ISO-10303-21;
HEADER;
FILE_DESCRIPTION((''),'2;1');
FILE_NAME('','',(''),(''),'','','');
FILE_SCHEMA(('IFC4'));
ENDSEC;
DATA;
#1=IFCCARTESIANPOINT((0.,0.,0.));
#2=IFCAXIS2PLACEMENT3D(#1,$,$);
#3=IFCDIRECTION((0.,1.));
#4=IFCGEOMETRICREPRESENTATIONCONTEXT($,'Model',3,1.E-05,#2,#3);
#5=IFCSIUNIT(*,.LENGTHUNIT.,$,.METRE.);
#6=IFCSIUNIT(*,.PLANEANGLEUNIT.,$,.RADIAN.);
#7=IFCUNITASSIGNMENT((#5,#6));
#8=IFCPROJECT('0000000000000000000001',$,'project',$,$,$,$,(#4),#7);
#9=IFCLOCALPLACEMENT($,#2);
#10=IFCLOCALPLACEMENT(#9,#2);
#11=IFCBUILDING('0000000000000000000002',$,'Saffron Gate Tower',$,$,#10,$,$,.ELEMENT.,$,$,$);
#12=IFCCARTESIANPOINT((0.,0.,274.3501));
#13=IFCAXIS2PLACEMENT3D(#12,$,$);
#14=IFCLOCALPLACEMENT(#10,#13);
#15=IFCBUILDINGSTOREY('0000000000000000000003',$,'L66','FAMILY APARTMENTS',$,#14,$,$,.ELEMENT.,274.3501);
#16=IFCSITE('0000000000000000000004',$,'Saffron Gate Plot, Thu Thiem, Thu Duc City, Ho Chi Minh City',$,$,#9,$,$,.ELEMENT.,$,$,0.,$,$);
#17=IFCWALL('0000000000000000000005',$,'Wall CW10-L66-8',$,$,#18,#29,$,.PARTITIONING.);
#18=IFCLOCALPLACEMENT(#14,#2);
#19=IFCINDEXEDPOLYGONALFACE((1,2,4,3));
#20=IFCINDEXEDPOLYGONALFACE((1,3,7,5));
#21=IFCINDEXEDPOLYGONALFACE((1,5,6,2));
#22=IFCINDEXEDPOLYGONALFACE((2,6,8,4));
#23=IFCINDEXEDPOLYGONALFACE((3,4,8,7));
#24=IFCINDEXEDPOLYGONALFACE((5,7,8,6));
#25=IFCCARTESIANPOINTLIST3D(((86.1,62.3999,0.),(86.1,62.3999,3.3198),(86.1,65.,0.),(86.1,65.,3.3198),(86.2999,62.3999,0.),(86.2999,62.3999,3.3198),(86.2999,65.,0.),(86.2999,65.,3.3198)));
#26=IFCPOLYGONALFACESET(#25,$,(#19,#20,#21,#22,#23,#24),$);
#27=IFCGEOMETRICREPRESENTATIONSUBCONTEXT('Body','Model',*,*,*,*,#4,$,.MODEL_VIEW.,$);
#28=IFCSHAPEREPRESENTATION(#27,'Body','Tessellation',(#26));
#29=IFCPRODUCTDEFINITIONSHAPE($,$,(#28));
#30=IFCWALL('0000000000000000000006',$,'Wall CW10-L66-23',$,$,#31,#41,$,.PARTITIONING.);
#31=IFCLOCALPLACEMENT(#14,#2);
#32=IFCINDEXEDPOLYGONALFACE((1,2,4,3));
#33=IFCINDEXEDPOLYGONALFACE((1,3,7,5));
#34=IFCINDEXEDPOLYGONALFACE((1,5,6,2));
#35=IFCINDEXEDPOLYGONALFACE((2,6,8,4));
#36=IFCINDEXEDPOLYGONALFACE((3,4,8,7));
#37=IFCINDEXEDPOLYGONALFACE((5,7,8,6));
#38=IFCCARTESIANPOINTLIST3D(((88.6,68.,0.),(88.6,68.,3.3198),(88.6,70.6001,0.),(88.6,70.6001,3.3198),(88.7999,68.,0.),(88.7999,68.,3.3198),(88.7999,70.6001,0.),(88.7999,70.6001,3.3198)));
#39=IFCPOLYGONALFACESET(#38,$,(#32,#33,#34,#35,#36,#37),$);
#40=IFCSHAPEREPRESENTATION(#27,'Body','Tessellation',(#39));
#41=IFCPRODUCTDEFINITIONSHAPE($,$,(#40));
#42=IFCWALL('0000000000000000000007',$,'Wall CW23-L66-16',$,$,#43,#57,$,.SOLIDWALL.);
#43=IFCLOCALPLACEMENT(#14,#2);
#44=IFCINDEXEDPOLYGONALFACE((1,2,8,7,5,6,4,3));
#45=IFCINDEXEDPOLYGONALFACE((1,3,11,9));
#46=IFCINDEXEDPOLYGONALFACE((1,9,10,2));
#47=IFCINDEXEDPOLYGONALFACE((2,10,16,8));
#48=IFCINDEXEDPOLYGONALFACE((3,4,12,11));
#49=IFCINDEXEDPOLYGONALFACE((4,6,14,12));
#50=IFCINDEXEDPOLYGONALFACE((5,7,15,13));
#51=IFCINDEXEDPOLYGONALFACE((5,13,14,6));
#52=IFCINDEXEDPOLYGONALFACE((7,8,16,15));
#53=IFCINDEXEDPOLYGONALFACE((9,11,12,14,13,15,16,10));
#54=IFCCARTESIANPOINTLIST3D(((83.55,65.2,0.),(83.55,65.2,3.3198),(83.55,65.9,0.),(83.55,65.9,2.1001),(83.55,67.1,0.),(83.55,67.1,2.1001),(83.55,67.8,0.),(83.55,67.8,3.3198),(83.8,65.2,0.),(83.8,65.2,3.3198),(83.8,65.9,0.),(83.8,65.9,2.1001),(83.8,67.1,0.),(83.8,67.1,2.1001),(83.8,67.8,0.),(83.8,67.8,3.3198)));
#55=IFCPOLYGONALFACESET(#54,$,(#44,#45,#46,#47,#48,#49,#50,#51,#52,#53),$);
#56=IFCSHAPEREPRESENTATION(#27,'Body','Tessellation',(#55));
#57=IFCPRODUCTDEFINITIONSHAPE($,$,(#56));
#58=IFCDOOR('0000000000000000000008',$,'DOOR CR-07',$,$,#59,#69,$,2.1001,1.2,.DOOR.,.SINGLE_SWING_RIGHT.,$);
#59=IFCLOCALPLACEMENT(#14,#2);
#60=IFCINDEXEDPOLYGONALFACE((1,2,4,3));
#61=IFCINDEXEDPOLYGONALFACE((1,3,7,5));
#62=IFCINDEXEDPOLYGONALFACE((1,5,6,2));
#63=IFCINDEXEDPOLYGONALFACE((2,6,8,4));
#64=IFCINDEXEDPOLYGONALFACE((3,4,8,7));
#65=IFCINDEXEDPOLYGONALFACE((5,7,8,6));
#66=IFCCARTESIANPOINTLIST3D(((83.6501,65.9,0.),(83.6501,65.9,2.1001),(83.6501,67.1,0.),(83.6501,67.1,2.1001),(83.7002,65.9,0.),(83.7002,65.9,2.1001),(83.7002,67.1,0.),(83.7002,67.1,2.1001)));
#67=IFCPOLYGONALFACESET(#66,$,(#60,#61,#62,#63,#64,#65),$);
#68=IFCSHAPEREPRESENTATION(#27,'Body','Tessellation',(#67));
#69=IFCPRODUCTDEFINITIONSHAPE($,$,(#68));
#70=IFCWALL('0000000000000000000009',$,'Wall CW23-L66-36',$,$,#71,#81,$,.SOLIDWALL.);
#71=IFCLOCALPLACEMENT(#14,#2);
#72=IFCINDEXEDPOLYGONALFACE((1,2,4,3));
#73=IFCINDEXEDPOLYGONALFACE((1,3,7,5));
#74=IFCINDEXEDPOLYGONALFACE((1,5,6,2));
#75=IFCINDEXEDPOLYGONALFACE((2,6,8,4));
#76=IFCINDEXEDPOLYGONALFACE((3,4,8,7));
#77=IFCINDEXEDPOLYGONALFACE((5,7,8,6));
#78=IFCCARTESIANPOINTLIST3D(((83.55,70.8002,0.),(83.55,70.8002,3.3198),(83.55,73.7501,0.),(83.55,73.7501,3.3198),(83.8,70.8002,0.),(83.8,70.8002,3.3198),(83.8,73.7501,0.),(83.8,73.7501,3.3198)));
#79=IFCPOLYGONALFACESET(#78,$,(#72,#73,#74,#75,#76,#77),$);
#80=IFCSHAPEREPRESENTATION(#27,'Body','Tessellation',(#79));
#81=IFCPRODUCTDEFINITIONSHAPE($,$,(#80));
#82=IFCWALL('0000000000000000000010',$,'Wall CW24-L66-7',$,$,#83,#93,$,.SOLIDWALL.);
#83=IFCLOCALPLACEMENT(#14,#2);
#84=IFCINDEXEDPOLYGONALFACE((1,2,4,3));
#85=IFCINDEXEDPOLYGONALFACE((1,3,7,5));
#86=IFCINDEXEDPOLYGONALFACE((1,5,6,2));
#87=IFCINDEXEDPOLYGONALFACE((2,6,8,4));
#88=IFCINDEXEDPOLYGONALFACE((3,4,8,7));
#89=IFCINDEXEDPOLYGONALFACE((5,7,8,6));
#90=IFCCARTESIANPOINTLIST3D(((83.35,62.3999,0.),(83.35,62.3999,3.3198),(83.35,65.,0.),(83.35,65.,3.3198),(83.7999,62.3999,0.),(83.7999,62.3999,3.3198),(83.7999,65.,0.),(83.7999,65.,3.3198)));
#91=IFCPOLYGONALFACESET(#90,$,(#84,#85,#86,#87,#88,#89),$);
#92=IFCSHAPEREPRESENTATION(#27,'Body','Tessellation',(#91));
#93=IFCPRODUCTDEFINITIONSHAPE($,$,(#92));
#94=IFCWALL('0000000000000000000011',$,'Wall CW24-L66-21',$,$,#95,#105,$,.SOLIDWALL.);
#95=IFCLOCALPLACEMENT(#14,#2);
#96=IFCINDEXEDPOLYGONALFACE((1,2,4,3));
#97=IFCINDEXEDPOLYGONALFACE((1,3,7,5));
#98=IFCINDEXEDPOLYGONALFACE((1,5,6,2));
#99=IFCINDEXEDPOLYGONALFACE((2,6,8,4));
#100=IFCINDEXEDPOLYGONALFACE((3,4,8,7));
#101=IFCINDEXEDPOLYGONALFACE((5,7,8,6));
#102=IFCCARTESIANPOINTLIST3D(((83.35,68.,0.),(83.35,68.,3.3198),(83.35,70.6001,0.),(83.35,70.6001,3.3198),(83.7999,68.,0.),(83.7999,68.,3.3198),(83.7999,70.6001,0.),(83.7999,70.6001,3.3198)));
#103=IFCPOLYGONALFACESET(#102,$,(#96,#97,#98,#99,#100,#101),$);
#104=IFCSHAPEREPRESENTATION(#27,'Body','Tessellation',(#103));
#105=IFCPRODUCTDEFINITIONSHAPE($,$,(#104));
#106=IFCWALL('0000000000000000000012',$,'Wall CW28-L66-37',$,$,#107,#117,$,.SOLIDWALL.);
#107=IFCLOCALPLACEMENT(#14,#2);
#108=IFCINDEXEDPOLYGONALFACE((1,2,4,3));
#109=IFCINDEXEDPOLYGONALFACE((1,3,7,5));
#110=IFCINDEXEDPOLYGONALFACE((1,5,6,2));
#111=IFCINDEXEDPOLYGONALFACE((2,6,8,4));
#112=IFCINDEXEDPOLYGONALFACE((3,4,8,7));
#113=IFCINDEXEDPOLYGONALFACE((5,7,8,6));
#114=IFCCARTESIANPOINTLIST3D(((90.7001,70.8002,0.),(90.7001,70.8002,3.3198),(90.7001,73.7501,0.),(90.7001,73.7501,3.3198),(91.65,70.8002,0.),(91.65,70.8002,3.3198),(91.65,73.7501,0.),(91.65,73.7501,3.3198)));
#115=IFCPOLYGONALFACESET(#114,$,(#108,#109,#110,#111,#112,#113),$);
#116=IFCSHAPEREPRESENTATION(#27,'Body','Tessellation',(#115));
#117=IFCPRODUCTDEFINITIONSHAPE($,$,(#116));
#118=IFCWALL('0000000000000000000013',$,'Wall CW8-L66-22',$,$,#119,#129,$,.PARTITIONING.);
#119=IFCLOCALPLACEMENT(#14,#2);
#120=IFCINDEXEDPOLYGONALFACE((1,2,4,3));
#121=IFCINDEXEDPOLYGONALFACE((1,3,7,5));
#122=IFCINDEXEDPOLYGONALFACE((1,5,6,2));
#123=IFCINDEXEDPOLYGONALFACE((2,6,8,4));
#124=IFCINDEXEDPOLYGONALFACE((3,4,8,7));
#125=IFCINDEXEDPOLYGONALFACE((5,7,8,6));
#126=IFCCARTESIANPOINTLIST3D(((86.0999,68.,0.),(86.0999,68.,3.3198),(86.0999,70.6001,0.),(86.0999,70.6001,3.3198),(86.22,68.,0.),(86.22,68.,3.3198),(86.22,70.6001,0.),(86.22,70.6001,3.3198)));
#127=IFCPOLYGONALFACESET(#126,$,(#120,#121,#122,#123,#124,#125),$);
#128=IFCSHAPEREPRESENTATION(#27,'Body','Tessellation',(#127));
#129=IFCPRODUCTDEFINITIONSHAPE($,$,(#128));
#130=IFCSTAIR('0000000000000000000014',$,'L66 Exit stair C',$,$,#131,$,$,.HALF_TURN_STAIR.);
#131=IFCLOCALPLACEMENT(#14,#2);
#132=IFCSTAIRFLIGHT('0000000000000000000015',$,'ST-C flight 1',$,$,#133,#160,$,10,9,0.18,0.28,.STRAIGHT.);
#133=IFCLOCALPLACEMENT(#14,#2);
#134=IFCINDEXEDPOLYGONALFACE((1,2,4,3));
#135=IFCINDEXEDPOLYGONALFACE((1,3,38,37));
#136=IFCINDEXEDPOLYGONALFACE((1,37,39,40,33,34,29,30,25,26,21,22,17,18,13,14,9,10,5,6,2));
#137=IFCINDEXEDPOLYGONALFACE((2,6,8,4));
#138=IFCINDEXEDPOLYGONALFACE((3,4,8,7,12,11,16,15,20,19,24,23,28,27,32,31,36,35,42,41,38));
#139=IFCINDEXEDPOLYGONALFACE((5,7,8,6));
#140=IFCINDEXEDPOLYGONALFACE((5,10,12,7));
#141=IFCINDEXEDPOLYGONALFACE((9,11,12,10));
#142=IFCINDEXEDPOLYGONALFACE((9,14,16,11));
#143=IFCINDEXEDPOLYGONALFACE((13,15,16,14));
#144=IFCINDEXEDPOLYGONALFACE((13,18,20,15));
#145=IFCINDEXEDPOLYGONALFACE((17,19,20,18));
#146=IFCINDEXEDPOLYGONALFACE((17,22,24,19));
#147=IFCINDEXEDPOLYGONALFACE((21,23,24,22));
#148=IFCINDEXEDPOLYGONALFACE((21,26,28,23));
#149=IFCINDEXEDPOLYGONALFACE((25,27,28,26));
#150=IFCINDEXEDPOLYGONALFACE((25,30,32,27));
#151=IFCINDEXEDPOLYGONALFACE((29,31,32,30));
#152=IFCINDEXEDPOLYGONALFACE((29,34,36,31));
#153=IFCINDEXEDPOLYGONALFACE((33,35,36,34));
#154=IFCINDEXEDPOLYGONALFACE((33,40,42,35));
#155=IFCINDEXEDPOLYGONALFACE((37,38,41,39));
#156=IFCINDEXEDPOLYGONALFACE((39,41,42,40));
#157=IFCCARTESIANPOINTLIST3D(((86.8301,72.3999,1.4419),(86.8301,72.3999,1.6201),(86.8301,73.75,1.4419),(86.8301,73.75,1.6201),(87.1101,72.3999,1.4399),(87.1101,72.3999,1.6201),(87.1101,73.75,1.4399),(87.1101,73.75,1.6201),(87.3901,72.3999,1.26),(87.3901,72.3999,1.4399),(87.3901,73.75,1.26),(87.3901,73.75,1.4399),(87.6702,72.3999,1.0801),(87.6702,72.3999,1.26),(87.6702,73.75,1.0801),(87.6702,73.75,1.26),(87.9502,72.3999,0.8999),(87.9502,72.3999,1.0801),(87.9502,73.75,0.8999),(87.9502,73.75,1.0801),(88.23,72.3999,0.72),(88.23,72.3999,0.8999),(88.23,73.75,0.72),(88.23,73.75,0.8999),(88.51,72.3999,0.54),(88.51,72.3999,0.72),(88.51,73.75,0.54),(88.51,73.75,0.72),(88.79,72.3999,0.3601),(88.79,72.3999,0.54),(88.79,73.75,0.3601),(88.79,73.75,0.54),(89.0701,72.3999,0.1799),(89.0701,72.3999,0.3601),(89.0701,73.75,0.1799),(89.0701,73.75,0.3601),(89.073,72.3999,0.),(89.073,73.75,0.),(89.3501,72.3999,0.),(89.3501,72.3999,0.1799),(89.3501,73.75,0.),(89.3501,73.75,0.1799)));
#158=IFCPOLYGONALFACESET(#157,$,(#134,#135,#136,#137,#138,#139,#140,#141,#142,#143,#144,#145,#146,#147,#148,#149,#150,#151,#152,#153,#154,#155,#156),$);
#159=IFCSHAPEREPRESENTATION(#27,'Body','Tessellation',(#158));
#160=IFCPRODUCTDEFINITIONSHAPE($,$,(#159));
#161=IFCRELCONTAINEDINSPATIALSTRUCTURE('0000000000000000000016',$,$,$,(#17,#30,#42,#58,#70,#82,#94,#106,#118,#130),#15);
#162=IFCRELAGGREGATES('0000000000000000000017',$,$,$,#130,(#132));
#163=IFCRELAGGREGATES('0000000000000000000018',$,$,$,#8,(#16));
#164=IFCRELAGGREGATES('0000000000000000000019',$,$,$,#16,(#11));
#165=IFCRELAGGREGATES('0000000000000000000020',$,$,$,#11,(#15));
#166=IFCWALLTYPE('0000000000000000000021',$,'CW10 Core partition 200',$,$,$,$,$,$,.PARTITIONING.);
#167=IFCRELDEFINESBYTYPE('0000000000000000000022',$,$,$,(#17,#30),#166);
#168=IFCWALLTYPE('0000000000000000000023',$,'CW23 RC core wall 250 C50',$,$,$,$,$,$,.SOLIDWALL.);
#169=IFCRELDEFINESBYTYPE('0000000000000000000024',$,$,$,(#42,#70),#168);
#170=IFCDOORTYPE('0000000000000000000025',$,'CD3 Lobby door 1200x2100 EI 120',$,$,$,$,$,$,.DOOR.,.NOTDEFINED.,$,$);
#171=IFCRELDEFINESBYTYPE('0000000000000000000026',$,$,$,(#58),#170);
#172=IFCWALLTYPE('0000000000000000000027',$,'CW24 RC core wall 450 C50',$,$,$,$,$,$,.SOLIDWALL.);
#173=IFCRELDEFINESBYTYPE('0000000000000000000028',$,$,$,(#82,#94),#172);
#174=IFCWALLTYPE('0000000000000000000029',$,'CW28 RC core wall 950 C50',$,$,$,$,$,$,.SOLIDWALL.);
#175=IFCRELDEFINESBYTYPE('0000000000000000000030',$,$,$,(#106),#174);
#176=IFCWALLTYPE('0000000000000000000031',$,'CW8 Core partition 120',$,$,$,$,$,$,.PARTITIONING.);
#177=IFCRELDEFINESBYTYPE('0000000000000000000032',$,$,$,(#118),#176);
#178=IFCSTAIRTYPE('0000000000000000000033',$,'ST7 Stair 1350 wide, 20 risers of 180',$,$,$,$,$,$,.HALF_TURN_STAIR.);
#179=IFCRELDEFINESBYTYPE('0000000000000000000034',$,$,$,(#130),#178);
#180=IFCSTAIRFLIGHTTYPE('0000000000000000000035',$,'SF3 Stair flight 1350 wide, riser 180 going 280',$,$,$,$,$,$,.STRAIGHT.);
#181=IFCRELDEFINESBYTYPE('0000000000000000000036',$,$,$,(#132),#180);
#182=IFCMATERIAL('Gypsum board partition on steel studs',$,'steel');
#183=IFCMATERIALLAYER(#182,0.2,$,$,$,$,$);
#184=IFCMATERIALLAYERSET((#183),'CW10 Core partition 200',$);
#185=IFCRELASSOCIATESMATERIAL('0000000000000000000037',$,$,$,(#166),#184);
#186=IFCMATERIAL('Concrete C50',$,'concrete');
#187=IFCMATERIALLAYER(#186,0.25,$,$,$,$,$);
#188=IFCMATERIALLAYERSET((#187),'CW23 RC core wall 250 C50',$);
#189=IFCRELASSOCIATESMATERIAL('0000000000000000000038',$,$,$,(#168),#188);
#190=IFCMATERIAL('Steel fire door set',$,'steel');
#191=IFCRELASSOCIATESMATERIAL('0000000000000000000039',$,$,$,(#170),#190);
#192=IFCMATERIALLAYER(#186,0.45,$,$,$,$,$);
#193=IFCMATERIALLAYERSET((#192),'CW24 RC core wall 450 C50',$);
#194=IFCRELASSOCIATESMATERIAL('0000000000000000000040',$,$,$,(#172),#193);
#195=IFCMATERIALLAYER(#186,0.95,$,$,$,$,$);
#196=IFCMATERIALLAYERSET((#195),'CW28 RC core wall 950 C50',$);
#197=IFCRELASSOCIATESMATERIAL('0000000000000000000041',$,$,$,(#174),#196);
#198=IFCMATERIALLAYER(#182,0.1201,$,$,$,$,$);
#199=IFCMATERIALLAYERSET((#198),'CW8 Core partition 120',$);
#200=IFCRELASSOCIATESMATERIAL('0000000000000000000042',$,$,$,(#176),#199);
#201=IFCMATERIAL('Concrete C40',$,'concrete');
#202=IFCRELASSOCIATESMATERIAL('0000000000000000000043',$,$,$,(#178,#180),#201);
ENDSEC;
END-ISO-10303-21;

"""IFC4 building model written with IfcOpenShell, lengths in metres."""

from ifc_helpers import new_model, si_unit, direction, frame, frame_2d, origin, place, context, subcontext, project, spatial, polyline, rectangle, outline, extrude, material, layer, layer_set, type_object, element, fill, aggregate, save


model = new_model("IFC4")

# Units and contexts
model_context = context("Model", 3, precision=1e-05, world=origin(), true_north=direction((0.0, 1.0)))
body_context = subcontext(model_context, "Body", "Model", "MODEL_VIEW")
ifc_project = project(units=[si_unit("LENGTHUNIT", "METRE"), si_unit("PLANEANGLEUNIT", "RADIAN")], contexts=[model_context])

# Site, building, storey
site_placement = place(None, origin())
site = spatial("IfcSite", under=ifc_project, at=site_placement, Name="Saffron Gate Plot, Thu Thiem, Thu Duc City, Ho Chi Minh City", CompositionType="ELEMENT", RefElevation=0.0)
building_placement = place(site_placement, origin())
building = spatial("IfcBuilding", under=site, at=building_placement, Name="Saffron Gate Tower", CompositionType="ELEMENT")
storey_placement = place(building_placement, frame((0.0, 0.0, 274.3501)))
storey = spatial("IfcBuildingStorey", under=building, at=storey_placement, Name="L66", Description="FAMILY APARTMENTS", CompositionType="ELEMENT", Elevation=274.3501)

# Walls
ifc_material_1 = material(Name="Gypsum board partition on steel studs", Category="steel")
ifc_layer_1 = layer(ifc_material_1, 0.2)
ifc_layer_set_1 = layer_set([ifc_layer_1], Name="CW10 Core partition 200")
wall_type_1 = type_object("IfcWallType", Name="CW10 Core partition 200", PredefinedType="PARTITIONING", material=ifc_layer_set_1)
for number, where, z_axis, x_axis, name in (
    (1, (86.2, 62.3999, 0.0), (0.0, 0.0, 1.0), (0.0, 1.0, 0.0), "Wall CW10-L66-8"),
    (2, (88.7, 68.0, 0.0), (0.0, 0.0, 1.0), (0.0, 1.0, 0.0), "Wall CW10-L66-23"),
):
    element("IfcWall", number, at=place(storey_placement, frame(where, z_axis=z_axis, x_axis=x_axis)), inside=storey, type_object=wall_type_1, Name=name, PredefinedType="PARTITIONING", context=body_context, shape_type="SweptSolid", body=[
        extrude(rectangle(XDim=2.6001, YDim=0.2, at=frame_2d((1.3, 0.0))), origin(), (0.0, 0.0, 1.0), 3.3198),
    ])

# Wall, opening, door
ifc_material_2 = material(Name="Concrete C50", Category="concrete")
ifc_layer_2 = layer(ifc_material_2, 0.25)
ifc_layer_set_2 = layer_set([ifc_layer_2], Name="CW23 RC core wall 250 C50")
wall_type_2 = type_object("IfcWallType", Name="CW23 RC core wall 250 C50", PredefinedType="SOLIDWALL", material=ifc_layer_set_2)
wall_1_placement = place(storey_placement, frame((83.675, 65.2, 0.0), z_axis=(0.0, 0.0, 1.0), x_axis=(0.0, 1.0, 0.0)))
wall_1 = element("IfcWall", 3, at=wall_1_placement, inside=storey, type_object=wall_type_2, Name="Wall CW23-L66-16", PredefinedType="SOLIDWALL", context=body_context, shape_type="SweptSolid", body=[
    extrude(rectangle(XDim=2.6001, YDim=0.25, at=frame_2d((1.3, 0.0))), origin(), (0.0, 0.0, 1.0), 3.3198),
])
opening_placement = place(wall_1_placement, frame((0.7, 0.0, 0.0)))
opening = element("IfcOpeningElement", 4, at=opening_placement, cuts=wall_1, PredefinedType="OPENING", context=body_context, shape_type="SweptSolid", body=[
    extrude(rectangle(XDim=1.2, YDim=2.1001, at=frame_2d((0.6001, 1.05))), frame((0.0, 0.135, 0.0), z_axis=(0.0, -1.0, 0.0), x_axis=(1.0, 0.0, 0.0)), (0.0, 0.0, 1.0), 0.27),
])
ifc_material_3 = material(Name="Steel fire door set", Category="steel")
door_type = type_object("IfcDoorType", Name="CD3 Lobby door 1200x2100 EI 120", OperationType="NOTDEFINED", PredefinedType="DOOR", material=ifc_material_3)
door_placement = place(opening_placement, origin())
door = element("IfcDoor", 5, at=door_placement, inside=storey, type_object=door_type, Name="DOOR CR-07", OperationType="SINGLE_SWING_RIGHT", OverallHeight=2.1001, OverallWidth=1.2, PredefinedType="DOOR", context=body_context, shape_type="SweptSolid", body=[
    extrude(rectangle(XDim=1.2, YDim=2.1001, at=frame_2d((0.6001, 1.05))), frame((0.0, 0.0249, 0.0), z_axis=(0.0, -1.0, 0.0), x_axis=(1.0, 0.0, 0.0)), (0.0, 0.0, 1.0), 0.05),
])
fill(opening, door)

# Walls
wall_2_placement = place(storey_placement, frame((83.675, 70.8, 0.0), z_axis=(0.0, 0.0, 1.0), x_axis=(0.0, 1.0, 0.0)))
element("IfcWall", 6, at=wall_2_placement, inside=storey, type_object=wall_type_2, Name="Wall CW23-L66-36", PredefinedType="SOLIDWALL", context=body_context, shape_type="SweptSolid", body=[
    extrude(rectangle(XDim=2.95, YDim=0.25, at=frame_2d((1.4751, 0.0))), origin(), (0.0, 0.0, 1.0), 3.3198),
])
ifc_layer_3 = layer(ifc_material_2, 0.45)
ifc_layer_set_3 = layer_set([ifc_layer_3], Name="CW24 RC core wall 450 C50")
wall_type_3 = type_object("IfcWallType", Name="CW24 RC core wall 450 C50", PredefinedType="SOLIDWALL", material=ifc_layer_set_3)
for number, where, z_axis, x_axis, name in (
    (7, (83.575, 62.3999, 0.0), (0.0, 0.0, 1.0), (0.0, 1.0, 0.0), "Wall CW24-L66-7"),
    (8, (83.575, 68.0, 0.0), (0.0, 0.0, 1.0), (0.0, 1.0, 0.0), "Wall CW24-L66-21"),
):
    element("IfcWall", number, at=place(storey_placement, frame(where, z_axis=z_axis, x_axis=x_axis)), inside=storey, type_object=wall_type_3, Name=name, PredefinedType="SOLIDWALL", context=body_context, shape_type="SweptSolid", body=[
        extrude(rectangle(XDim=2.6001, YDim=0.45, at=frame_2d((1.3, 0.0))), origin(), (0.0, 0.0, 1.0), 3.3198),
    ])
ifc_layer_4 = layer(ifc_material_2, 0.95)
ifc_layer_set_4 = layer_set([ifc_layer_4], Name="CW28 RC core wall 950 C50")
wall_type_4 = type_object("IfcWallType", Name="CW28 RC core wall 950 C50", PredefinedType="SOLIDWALL", material=ifc_layer_set_4)
wall_3_placement = place(storey_placement, frame((91.175, 70.8, 0.0), z_axis=(0.0, 0.0, 1.0), x_axis=(0.0, 1.0, 0.0)))
element("IfcWall", 9, at=wall_3_placement, inside=storey, type_object=wall_type_4, Name="Wall CW28-L66-37", PredefinedType="SOLIDWALL", context=body_context, shape_type="SweptSolid", body=[
    extrude(rectangle(XDim=2.95, YDim=0.95, at=frame_2d((1.4751, 0.0))), origin(), (0.0, 0.0, 1.0), 3.3198),
])
ifc_layer_5 = layer(ifc_material_1, 0.1201)
ifc_layer_set_5 = layer_set([ifc_layer_5], Name="CW8 Core partition 120")
wall_type_5 = type_object("IfcWallType", Name="CW8 Core partition 120", PredefinedType="PARTITIONING", material=ifc_layer_set_5)
wall_4_placement = place(storey_placement, frame((86.1599, 68.0, 0.0), z_axis=(0.0, 0.0, 1.0), x_axis=(0.0, 1.0, 0.0)))
element("IfcWall", 10, at=wall_4_placement, inside=storey, type_object=wall_type_5, Name="Wall CW8-L66-22", PredefinedType="PARTITIONING", context=body_context, shape_type="SweptSolid", body=[
    extrude(rectangle(XDim=2.6001, YDim=0.1201, at=frame_2d((1.3, 0.0))), origin(), (0.0, 0.0, 1.0), 3.3198),
])

# Stair, stair flight
ifc_material_4 = material(Name="Concrete C40", Category="concrete")
stair_type = type_object("IfcStairType", Name="ST7 Stair 1350 wide, 20 risers of 180", PredefinedType="HALF_TURN_STAIR", material=ifc_material_4)
stair_placement = place(storey_placement, origin())
stair = element("IfcStair", 11, at=stair_placement, inside=storey, type_object=stair_type, Name="L66 Exit stair C", PredefinedType="HALF_TURN_STAIR")
stair_flight_type = type_object("IfcStairFlightType", Name="SF3 Stair flight 1350 wide, riser 180 going 280", PredefinedType="STRAIGHT", material=ifc_material_4)
stair_flight_1_placement = place(storey_placement, frame((89.3501, 73.075, 0.0), z_axis=(0.0, 0.0, 1.0), x_axis=(-1.0, 0.0, 0.0)))
stair_flight_1 = element("IfcStairFlight", 12, at=stair_flight_1_placement, type_object=stair_flight_type, Name="ST-C flight 1", NumberOfRisers=10, NumberOfTreads=9, PredefinedType="STRAIGHT", RiserHeight=0.18, TreadLength=0.28, context=body_context, shape_type="SweptSolid", body=[
    extrude(outline(polyline([(0.0, 0.0), (0.0, 0.1799), (0.28, 0.1799), (0.28, 0.3601), (0.5601, 0.3601), (0.5601, 0.54), (0.8401, 0.54), (0.8401, 0.72), (1.1201, 0.72), (1.1201, 0.8999), (1.3999, 0.8999), (1.3999, 1.0801), (1.6799, 1.0801), (1.6799, 1.26), (1.96, 1.26), (1.96, 1.4399), (2.24, 1.4399), (2.24, 1.6201), (2.52, 1.6201), (2.52, 1.8), (2.52, 1.4419), (0.2771, 0.0), (0.0, 0.0)])), frame((0.0, 0.675, 0.0), z_axis=(0.0, -1.0, 0.0), x_axis=(1.0, 0.0, 0.0)), (0.0, 0.0, 1.0), 1.3501),
])
aggregate(stair, [stair_flight_1])

save(model, "model.ifc")
